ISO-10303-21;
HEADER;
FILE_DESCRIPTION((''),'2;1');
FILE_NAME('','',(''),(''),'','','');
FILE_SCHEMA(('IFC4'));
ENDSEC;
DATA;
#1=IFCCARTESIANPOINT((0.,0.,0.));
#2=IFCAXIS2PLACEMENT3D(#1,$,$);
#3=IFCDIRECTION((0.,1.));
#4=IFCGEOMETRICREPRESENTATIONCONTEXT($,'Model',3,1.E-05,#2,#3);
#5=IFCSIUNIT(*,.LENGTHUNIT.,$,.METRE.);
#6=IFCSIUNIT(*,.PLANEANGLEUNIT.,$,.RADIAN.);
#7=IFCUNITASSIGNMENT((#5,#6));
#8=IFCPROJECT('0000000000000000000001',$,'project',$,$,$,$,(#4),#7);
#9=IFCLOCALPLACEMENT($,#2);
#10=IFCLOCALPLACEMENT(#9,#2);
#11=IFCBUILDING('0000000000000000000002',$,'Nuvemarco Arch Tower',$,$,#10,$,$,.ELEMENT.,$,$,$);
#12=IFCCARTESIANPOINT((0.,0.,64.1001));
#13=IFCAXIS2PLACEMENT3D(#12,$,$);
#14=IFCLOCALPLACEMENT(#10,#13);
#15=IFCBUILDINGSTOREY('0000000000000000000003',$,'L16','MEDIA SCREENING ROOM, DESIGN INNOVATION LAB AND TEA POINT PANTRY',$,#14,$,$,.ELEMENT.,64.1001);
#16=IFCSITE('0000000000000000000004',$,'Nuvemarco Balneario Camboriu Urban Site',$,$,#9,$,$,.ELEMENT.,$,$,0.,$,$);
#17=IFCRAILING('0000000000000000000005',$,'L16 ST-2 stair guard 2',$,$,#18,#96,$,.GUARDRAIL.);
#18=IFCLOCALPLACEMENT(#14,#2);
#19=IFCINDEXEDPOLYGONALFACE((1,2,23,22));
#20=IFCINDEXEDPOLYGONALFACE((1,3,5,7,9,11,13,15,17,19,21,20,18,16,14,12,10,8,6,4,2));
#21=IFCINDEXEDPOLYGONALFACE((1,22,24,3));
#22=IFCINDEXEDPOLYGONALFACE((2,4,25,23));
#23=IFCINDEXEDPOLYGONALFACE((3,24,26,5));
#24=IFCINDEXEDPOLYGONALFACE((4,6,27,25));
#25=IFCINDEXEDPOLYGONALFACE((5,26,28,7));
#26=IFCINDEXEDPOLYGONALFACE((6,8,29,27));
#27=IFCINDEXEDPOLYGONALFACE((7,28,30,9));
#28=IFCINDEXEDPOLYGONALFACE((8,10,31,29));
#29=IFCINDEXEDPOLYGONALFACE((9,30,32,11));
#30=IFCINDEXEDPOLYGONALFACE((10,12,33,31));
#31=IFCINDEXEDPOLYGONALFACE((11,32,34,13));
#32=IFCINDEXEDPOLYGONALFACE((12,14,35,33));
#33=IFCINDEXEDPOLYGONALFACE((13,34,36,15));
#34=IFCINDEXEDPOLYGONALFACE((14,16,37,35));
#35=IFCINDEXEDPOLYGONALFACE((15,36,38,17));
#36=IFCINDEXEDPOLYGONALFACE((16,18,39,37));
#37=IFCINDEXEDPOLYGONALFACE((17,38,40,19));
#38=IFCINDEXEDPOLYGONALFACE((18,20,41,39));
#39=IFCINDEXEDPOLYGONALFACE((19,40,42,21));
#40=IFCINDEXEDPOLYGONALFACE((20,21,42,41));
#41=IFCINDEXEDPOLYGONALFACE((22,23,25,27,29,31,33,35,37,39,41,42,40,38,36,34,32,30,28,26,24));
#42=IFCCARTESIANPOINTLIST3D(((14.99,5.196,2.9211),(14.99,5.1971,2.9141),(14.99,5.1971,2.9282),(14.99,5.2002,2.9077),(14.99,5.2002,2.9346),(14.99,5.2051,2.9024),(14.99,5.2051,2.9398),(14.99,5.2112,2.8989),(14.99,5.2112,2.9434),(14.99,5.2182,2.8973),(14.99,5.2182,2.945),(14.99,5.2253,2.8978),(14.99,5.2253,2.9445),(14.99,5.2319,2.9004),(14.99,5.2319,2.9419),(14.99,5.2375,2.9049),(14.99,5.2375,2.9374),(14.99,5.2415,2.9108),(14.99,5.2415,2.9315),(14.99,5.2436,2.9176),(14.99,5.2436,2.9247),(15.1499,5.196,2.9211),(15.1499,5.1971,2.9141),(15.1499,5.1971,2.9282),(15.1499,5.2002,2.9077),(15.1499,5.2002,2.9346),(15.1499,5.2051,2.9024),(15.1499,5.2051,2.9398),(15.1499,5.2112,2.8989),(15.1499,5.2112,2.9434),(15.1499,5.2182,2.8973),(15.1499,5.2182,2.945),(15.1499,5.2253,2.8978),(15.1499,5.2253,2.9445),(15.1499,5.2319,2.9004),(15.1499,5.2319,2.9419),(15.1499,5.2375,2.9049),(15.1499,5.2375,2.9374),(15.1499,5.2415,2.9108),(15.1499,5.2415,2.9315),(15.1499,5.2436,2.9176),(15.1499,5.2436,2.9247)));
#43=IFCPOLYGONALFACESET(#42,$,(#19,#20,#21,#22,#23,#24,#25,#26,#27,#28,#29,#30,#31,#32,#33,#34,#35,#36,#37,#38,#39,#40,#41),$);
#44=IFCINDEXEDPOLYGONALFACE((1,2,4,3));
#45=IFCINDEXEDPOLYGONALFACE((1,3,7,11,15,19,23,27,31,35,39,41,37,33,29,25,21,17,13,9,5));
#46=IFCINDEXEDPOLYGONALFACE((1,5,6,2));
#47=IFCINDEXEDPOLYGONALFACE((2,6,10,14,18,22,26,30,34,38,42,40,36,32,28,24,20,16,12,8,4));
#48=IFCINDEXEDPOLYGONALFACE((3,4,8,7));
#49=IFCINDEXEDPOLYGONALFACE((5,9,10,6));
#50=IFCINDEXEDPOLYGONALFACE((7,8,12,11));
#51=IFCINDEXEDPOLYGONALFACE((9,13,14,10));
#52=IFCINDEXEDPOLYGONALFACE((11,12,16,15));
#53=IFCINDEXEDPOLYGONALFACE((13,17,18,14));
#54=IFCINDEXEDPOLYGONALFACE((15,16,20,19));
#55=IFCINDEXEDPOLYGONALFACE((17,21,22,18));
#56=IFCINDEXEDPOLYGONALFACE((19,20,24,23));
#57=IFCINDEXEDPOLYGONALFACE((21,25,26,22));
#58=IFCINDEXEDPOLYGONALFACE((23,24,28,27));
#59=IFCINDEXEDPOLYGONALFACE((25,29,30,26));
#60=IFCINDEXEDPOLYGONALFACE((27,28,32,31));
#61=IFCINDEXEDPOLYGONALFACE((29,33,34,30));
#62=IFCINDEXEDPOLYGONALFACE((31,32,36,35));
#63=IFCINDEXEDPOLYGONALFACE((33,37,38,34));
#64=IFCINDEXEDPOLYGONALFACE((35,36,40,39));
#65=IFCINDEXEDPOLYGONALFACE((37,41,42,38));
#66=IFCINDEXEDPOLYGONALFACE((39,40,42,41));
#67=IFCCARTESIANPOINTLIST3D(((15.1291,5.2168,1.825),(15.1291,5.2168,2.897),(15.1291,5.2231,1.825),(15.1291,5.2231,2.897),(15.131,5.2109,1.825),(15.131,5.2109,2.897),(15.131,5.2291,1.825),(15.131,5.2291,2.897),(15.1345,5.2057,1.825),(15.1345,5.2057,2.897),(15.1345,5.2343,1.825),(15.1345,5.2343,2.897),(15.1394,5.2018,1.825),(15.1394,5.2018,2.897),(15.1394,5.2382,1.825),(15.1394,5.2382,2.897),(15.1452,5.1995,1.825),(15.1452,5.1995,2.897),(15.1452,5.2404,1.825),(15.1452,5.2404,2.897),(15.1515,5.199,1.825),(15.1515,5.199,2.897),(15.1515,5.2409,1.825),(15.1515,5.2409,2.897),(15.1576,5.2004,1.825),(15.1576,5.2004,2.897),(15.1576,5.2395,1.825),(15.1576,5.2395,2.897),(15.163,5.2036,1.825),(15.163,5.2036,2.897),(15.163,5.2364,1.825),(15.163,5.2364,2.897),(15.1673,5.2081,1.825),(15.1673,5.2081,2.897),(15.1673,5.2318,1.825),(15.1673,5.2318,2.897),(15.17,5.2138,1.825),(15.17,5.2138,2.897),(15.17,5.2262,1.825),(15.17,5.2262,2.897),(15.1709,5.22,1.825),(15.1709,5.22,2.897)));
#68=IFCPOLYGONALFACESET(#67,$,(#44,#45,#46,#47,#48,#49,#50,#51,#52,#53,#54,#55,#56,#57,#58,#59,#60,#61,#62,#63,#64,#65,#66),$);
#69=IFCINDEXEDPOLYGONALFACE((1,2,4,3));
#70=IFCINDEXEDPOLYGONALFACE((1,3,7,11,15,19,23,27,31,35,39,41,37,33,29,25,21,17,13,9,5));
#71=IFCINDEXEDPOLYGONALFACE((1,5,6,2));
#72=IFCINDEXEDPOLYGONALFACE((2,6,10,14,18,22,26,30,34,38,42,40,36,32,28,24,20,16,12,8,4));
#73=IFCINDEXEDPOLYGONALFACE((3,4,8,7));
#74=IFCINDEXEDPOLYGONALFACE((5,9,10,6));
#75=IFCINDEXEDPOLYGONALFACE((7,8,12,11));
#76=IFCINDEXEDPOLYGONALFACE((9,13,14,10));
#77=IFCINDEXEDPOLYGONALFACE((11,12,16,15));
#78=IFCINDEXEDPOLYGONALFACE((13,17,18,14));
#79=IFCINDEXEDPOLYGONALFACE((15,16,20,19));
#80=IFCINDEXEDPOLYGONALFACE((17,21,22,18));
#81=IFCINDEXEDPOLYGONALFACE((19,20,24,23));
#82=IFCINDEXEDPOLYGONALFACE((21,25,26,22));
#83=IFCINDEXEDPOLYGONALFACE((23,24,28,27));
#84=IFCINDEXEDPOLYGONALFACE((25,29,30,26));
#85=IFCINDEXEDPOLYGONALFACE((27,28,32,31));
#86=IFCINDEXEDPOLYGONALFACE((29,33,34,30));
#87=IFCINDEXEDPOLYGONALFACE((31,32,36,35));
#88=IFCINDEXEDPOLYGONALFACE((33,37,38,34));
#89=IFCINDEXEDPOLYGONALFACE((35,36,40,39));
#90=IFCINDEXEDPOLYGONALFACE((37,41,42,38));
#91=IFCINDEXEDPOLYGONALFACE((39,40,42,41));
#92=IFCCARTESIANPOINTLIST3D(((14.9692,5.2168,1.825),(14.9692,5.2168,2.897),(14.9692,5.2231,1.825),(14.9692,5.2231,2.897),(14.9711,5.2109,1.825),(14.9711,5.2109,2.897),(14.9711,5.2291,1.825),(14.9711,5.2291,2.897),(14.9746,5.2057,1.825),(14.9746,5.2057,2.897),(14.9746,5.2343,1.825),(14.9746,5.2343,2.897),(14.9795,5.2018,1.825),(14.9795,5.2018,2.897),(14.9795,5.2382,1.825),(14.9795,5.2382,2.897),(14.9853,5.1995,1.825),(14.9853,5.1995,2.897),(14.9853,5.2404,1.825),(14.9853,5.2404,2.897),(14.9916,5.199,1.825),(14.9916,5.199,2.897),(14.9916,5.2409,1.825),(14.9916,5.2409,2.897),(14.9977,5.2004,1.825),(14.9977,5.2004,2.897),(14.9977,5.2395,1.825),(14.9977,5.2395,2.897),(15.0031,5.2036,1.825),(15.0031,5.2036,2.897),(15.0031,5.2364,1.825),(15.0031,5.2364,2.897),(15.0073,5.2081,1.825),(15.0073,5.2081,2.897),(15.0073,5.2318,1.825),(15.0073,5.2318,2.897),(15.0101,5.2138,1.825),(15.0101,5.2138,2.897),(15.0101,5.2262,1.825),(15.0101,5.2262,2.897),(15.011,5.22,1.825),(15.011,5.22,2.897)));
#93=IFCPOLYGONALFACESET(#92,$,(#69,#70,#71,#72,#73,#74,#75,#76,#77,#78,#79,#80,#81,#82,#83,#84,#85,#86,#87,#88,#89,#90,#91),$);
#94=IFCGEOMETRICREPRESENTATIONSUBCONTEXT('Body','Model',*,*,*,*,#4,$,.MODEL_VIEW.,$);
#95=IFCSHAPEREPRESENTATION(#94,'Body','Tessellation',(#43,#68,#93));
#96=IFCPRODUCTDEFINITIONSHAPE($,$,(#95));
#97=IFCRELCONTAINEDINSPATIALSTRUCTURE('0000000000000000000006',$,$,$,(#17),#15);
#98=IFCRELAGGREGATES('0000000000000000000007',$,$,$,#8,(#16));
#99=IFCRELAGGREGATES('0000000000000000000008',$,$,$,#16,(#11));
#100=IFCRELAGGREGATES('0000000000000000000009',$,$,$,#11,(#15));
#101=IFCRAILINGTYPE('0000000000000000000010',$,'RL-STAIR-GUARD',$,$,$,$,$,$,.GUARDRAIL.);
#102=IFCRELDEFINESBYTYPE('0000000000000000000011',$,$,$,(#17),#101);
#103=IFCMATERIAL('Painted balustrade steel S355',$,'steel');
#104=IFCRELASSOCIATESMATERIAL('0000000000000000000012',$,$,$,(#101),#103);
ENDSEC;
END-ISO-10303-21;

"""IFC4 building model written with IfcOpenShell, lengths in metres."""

from ifc_helpers import new_model, si_unit, direction, frame, origin, origin_2d, place, context, subcontext, project, spatial, circle, extrude, material, type_object, element, save


model = new_model("IFC4")

# Units and contexts
model_context = context("Model", 3, precision=1e-05, world=origin(), true_north=direction((0.0, 1.0)))
body_context = subcontext(model_context, "Body", "Model", "MODEL_VIEW")
ifc_project = project(units=[si_unit("LENGTHUNIT", "METRE"), si_unit("PLANEANGLEUNIT", "RADIAN")], contexts=[model_context])

# Site, building, storey
site_placement = place(None, origin())
site = spatial("IfcSite", under=ifc_project, at=site_placement, Name="Nuvemarco Balneario Camboriu Urban Site", CompositionType="ELEMENT", RefElevation=0.0)
building_placement = place(site_placement, origin())
building = spatial("IfcBuilding", under=site, at=building_placement, Name="Nuvemarco Arch Tower", CompositionType="ELEMENT")
storey_placement = place(building_placement, frame((0.0, 0.0, 64.1001)))
storey = spatial("IfcBuildingStorey", under=building, at=storey_placement, Name="L16", Description="MEDIA SCREENING ROOM, DESIGN INNOVATION LAB AND TEA POINT PANTRY", CompositionType="ELEMENT", Elevation=64.1001)

# Railing
ifc_material_1 = material(Name="Painted balustrade steel S355", Category="steel")
railing_type_1 = type_object("IfcRailingType", Name="RL-STAIR-GUARD", PredefinedType="GUARDRAIL", material=ifc_material_1)
railing_1_placement = place(storey_placement, frame((15.1499, 5.22, 1.825)))
element("IfcRailing", 1, at=railing_1_placement, inside=storey, type_object=railing_type_1, Name="L16 ST-2 stair guard 2", PredefinedType="GUARDRAIL", context=body_context, shape_type="SweptSolid", body=[
    extrude(circle(Radius=0.0239, at=origin_2d()), frame((0.0, 0.0, 1.0962), z_axis=(-1.0, 0.0, 0.0), x_axis=(0.0, -1.0, 0.0)), (0.0, 0.0, 1.0), 0.1599),
    extrude(circle(Radius=0.021, at=origin_2d()), origin(), (0.0, 0.0, 1.0), 1.072),
    extrude(circle(Radius=0.021, at=origin_2d()), frame((-0.1599, 0.0, 0.0)), (0.0, 0.0, 1.0), 1.072),
])

save(model, "model.ifc")
